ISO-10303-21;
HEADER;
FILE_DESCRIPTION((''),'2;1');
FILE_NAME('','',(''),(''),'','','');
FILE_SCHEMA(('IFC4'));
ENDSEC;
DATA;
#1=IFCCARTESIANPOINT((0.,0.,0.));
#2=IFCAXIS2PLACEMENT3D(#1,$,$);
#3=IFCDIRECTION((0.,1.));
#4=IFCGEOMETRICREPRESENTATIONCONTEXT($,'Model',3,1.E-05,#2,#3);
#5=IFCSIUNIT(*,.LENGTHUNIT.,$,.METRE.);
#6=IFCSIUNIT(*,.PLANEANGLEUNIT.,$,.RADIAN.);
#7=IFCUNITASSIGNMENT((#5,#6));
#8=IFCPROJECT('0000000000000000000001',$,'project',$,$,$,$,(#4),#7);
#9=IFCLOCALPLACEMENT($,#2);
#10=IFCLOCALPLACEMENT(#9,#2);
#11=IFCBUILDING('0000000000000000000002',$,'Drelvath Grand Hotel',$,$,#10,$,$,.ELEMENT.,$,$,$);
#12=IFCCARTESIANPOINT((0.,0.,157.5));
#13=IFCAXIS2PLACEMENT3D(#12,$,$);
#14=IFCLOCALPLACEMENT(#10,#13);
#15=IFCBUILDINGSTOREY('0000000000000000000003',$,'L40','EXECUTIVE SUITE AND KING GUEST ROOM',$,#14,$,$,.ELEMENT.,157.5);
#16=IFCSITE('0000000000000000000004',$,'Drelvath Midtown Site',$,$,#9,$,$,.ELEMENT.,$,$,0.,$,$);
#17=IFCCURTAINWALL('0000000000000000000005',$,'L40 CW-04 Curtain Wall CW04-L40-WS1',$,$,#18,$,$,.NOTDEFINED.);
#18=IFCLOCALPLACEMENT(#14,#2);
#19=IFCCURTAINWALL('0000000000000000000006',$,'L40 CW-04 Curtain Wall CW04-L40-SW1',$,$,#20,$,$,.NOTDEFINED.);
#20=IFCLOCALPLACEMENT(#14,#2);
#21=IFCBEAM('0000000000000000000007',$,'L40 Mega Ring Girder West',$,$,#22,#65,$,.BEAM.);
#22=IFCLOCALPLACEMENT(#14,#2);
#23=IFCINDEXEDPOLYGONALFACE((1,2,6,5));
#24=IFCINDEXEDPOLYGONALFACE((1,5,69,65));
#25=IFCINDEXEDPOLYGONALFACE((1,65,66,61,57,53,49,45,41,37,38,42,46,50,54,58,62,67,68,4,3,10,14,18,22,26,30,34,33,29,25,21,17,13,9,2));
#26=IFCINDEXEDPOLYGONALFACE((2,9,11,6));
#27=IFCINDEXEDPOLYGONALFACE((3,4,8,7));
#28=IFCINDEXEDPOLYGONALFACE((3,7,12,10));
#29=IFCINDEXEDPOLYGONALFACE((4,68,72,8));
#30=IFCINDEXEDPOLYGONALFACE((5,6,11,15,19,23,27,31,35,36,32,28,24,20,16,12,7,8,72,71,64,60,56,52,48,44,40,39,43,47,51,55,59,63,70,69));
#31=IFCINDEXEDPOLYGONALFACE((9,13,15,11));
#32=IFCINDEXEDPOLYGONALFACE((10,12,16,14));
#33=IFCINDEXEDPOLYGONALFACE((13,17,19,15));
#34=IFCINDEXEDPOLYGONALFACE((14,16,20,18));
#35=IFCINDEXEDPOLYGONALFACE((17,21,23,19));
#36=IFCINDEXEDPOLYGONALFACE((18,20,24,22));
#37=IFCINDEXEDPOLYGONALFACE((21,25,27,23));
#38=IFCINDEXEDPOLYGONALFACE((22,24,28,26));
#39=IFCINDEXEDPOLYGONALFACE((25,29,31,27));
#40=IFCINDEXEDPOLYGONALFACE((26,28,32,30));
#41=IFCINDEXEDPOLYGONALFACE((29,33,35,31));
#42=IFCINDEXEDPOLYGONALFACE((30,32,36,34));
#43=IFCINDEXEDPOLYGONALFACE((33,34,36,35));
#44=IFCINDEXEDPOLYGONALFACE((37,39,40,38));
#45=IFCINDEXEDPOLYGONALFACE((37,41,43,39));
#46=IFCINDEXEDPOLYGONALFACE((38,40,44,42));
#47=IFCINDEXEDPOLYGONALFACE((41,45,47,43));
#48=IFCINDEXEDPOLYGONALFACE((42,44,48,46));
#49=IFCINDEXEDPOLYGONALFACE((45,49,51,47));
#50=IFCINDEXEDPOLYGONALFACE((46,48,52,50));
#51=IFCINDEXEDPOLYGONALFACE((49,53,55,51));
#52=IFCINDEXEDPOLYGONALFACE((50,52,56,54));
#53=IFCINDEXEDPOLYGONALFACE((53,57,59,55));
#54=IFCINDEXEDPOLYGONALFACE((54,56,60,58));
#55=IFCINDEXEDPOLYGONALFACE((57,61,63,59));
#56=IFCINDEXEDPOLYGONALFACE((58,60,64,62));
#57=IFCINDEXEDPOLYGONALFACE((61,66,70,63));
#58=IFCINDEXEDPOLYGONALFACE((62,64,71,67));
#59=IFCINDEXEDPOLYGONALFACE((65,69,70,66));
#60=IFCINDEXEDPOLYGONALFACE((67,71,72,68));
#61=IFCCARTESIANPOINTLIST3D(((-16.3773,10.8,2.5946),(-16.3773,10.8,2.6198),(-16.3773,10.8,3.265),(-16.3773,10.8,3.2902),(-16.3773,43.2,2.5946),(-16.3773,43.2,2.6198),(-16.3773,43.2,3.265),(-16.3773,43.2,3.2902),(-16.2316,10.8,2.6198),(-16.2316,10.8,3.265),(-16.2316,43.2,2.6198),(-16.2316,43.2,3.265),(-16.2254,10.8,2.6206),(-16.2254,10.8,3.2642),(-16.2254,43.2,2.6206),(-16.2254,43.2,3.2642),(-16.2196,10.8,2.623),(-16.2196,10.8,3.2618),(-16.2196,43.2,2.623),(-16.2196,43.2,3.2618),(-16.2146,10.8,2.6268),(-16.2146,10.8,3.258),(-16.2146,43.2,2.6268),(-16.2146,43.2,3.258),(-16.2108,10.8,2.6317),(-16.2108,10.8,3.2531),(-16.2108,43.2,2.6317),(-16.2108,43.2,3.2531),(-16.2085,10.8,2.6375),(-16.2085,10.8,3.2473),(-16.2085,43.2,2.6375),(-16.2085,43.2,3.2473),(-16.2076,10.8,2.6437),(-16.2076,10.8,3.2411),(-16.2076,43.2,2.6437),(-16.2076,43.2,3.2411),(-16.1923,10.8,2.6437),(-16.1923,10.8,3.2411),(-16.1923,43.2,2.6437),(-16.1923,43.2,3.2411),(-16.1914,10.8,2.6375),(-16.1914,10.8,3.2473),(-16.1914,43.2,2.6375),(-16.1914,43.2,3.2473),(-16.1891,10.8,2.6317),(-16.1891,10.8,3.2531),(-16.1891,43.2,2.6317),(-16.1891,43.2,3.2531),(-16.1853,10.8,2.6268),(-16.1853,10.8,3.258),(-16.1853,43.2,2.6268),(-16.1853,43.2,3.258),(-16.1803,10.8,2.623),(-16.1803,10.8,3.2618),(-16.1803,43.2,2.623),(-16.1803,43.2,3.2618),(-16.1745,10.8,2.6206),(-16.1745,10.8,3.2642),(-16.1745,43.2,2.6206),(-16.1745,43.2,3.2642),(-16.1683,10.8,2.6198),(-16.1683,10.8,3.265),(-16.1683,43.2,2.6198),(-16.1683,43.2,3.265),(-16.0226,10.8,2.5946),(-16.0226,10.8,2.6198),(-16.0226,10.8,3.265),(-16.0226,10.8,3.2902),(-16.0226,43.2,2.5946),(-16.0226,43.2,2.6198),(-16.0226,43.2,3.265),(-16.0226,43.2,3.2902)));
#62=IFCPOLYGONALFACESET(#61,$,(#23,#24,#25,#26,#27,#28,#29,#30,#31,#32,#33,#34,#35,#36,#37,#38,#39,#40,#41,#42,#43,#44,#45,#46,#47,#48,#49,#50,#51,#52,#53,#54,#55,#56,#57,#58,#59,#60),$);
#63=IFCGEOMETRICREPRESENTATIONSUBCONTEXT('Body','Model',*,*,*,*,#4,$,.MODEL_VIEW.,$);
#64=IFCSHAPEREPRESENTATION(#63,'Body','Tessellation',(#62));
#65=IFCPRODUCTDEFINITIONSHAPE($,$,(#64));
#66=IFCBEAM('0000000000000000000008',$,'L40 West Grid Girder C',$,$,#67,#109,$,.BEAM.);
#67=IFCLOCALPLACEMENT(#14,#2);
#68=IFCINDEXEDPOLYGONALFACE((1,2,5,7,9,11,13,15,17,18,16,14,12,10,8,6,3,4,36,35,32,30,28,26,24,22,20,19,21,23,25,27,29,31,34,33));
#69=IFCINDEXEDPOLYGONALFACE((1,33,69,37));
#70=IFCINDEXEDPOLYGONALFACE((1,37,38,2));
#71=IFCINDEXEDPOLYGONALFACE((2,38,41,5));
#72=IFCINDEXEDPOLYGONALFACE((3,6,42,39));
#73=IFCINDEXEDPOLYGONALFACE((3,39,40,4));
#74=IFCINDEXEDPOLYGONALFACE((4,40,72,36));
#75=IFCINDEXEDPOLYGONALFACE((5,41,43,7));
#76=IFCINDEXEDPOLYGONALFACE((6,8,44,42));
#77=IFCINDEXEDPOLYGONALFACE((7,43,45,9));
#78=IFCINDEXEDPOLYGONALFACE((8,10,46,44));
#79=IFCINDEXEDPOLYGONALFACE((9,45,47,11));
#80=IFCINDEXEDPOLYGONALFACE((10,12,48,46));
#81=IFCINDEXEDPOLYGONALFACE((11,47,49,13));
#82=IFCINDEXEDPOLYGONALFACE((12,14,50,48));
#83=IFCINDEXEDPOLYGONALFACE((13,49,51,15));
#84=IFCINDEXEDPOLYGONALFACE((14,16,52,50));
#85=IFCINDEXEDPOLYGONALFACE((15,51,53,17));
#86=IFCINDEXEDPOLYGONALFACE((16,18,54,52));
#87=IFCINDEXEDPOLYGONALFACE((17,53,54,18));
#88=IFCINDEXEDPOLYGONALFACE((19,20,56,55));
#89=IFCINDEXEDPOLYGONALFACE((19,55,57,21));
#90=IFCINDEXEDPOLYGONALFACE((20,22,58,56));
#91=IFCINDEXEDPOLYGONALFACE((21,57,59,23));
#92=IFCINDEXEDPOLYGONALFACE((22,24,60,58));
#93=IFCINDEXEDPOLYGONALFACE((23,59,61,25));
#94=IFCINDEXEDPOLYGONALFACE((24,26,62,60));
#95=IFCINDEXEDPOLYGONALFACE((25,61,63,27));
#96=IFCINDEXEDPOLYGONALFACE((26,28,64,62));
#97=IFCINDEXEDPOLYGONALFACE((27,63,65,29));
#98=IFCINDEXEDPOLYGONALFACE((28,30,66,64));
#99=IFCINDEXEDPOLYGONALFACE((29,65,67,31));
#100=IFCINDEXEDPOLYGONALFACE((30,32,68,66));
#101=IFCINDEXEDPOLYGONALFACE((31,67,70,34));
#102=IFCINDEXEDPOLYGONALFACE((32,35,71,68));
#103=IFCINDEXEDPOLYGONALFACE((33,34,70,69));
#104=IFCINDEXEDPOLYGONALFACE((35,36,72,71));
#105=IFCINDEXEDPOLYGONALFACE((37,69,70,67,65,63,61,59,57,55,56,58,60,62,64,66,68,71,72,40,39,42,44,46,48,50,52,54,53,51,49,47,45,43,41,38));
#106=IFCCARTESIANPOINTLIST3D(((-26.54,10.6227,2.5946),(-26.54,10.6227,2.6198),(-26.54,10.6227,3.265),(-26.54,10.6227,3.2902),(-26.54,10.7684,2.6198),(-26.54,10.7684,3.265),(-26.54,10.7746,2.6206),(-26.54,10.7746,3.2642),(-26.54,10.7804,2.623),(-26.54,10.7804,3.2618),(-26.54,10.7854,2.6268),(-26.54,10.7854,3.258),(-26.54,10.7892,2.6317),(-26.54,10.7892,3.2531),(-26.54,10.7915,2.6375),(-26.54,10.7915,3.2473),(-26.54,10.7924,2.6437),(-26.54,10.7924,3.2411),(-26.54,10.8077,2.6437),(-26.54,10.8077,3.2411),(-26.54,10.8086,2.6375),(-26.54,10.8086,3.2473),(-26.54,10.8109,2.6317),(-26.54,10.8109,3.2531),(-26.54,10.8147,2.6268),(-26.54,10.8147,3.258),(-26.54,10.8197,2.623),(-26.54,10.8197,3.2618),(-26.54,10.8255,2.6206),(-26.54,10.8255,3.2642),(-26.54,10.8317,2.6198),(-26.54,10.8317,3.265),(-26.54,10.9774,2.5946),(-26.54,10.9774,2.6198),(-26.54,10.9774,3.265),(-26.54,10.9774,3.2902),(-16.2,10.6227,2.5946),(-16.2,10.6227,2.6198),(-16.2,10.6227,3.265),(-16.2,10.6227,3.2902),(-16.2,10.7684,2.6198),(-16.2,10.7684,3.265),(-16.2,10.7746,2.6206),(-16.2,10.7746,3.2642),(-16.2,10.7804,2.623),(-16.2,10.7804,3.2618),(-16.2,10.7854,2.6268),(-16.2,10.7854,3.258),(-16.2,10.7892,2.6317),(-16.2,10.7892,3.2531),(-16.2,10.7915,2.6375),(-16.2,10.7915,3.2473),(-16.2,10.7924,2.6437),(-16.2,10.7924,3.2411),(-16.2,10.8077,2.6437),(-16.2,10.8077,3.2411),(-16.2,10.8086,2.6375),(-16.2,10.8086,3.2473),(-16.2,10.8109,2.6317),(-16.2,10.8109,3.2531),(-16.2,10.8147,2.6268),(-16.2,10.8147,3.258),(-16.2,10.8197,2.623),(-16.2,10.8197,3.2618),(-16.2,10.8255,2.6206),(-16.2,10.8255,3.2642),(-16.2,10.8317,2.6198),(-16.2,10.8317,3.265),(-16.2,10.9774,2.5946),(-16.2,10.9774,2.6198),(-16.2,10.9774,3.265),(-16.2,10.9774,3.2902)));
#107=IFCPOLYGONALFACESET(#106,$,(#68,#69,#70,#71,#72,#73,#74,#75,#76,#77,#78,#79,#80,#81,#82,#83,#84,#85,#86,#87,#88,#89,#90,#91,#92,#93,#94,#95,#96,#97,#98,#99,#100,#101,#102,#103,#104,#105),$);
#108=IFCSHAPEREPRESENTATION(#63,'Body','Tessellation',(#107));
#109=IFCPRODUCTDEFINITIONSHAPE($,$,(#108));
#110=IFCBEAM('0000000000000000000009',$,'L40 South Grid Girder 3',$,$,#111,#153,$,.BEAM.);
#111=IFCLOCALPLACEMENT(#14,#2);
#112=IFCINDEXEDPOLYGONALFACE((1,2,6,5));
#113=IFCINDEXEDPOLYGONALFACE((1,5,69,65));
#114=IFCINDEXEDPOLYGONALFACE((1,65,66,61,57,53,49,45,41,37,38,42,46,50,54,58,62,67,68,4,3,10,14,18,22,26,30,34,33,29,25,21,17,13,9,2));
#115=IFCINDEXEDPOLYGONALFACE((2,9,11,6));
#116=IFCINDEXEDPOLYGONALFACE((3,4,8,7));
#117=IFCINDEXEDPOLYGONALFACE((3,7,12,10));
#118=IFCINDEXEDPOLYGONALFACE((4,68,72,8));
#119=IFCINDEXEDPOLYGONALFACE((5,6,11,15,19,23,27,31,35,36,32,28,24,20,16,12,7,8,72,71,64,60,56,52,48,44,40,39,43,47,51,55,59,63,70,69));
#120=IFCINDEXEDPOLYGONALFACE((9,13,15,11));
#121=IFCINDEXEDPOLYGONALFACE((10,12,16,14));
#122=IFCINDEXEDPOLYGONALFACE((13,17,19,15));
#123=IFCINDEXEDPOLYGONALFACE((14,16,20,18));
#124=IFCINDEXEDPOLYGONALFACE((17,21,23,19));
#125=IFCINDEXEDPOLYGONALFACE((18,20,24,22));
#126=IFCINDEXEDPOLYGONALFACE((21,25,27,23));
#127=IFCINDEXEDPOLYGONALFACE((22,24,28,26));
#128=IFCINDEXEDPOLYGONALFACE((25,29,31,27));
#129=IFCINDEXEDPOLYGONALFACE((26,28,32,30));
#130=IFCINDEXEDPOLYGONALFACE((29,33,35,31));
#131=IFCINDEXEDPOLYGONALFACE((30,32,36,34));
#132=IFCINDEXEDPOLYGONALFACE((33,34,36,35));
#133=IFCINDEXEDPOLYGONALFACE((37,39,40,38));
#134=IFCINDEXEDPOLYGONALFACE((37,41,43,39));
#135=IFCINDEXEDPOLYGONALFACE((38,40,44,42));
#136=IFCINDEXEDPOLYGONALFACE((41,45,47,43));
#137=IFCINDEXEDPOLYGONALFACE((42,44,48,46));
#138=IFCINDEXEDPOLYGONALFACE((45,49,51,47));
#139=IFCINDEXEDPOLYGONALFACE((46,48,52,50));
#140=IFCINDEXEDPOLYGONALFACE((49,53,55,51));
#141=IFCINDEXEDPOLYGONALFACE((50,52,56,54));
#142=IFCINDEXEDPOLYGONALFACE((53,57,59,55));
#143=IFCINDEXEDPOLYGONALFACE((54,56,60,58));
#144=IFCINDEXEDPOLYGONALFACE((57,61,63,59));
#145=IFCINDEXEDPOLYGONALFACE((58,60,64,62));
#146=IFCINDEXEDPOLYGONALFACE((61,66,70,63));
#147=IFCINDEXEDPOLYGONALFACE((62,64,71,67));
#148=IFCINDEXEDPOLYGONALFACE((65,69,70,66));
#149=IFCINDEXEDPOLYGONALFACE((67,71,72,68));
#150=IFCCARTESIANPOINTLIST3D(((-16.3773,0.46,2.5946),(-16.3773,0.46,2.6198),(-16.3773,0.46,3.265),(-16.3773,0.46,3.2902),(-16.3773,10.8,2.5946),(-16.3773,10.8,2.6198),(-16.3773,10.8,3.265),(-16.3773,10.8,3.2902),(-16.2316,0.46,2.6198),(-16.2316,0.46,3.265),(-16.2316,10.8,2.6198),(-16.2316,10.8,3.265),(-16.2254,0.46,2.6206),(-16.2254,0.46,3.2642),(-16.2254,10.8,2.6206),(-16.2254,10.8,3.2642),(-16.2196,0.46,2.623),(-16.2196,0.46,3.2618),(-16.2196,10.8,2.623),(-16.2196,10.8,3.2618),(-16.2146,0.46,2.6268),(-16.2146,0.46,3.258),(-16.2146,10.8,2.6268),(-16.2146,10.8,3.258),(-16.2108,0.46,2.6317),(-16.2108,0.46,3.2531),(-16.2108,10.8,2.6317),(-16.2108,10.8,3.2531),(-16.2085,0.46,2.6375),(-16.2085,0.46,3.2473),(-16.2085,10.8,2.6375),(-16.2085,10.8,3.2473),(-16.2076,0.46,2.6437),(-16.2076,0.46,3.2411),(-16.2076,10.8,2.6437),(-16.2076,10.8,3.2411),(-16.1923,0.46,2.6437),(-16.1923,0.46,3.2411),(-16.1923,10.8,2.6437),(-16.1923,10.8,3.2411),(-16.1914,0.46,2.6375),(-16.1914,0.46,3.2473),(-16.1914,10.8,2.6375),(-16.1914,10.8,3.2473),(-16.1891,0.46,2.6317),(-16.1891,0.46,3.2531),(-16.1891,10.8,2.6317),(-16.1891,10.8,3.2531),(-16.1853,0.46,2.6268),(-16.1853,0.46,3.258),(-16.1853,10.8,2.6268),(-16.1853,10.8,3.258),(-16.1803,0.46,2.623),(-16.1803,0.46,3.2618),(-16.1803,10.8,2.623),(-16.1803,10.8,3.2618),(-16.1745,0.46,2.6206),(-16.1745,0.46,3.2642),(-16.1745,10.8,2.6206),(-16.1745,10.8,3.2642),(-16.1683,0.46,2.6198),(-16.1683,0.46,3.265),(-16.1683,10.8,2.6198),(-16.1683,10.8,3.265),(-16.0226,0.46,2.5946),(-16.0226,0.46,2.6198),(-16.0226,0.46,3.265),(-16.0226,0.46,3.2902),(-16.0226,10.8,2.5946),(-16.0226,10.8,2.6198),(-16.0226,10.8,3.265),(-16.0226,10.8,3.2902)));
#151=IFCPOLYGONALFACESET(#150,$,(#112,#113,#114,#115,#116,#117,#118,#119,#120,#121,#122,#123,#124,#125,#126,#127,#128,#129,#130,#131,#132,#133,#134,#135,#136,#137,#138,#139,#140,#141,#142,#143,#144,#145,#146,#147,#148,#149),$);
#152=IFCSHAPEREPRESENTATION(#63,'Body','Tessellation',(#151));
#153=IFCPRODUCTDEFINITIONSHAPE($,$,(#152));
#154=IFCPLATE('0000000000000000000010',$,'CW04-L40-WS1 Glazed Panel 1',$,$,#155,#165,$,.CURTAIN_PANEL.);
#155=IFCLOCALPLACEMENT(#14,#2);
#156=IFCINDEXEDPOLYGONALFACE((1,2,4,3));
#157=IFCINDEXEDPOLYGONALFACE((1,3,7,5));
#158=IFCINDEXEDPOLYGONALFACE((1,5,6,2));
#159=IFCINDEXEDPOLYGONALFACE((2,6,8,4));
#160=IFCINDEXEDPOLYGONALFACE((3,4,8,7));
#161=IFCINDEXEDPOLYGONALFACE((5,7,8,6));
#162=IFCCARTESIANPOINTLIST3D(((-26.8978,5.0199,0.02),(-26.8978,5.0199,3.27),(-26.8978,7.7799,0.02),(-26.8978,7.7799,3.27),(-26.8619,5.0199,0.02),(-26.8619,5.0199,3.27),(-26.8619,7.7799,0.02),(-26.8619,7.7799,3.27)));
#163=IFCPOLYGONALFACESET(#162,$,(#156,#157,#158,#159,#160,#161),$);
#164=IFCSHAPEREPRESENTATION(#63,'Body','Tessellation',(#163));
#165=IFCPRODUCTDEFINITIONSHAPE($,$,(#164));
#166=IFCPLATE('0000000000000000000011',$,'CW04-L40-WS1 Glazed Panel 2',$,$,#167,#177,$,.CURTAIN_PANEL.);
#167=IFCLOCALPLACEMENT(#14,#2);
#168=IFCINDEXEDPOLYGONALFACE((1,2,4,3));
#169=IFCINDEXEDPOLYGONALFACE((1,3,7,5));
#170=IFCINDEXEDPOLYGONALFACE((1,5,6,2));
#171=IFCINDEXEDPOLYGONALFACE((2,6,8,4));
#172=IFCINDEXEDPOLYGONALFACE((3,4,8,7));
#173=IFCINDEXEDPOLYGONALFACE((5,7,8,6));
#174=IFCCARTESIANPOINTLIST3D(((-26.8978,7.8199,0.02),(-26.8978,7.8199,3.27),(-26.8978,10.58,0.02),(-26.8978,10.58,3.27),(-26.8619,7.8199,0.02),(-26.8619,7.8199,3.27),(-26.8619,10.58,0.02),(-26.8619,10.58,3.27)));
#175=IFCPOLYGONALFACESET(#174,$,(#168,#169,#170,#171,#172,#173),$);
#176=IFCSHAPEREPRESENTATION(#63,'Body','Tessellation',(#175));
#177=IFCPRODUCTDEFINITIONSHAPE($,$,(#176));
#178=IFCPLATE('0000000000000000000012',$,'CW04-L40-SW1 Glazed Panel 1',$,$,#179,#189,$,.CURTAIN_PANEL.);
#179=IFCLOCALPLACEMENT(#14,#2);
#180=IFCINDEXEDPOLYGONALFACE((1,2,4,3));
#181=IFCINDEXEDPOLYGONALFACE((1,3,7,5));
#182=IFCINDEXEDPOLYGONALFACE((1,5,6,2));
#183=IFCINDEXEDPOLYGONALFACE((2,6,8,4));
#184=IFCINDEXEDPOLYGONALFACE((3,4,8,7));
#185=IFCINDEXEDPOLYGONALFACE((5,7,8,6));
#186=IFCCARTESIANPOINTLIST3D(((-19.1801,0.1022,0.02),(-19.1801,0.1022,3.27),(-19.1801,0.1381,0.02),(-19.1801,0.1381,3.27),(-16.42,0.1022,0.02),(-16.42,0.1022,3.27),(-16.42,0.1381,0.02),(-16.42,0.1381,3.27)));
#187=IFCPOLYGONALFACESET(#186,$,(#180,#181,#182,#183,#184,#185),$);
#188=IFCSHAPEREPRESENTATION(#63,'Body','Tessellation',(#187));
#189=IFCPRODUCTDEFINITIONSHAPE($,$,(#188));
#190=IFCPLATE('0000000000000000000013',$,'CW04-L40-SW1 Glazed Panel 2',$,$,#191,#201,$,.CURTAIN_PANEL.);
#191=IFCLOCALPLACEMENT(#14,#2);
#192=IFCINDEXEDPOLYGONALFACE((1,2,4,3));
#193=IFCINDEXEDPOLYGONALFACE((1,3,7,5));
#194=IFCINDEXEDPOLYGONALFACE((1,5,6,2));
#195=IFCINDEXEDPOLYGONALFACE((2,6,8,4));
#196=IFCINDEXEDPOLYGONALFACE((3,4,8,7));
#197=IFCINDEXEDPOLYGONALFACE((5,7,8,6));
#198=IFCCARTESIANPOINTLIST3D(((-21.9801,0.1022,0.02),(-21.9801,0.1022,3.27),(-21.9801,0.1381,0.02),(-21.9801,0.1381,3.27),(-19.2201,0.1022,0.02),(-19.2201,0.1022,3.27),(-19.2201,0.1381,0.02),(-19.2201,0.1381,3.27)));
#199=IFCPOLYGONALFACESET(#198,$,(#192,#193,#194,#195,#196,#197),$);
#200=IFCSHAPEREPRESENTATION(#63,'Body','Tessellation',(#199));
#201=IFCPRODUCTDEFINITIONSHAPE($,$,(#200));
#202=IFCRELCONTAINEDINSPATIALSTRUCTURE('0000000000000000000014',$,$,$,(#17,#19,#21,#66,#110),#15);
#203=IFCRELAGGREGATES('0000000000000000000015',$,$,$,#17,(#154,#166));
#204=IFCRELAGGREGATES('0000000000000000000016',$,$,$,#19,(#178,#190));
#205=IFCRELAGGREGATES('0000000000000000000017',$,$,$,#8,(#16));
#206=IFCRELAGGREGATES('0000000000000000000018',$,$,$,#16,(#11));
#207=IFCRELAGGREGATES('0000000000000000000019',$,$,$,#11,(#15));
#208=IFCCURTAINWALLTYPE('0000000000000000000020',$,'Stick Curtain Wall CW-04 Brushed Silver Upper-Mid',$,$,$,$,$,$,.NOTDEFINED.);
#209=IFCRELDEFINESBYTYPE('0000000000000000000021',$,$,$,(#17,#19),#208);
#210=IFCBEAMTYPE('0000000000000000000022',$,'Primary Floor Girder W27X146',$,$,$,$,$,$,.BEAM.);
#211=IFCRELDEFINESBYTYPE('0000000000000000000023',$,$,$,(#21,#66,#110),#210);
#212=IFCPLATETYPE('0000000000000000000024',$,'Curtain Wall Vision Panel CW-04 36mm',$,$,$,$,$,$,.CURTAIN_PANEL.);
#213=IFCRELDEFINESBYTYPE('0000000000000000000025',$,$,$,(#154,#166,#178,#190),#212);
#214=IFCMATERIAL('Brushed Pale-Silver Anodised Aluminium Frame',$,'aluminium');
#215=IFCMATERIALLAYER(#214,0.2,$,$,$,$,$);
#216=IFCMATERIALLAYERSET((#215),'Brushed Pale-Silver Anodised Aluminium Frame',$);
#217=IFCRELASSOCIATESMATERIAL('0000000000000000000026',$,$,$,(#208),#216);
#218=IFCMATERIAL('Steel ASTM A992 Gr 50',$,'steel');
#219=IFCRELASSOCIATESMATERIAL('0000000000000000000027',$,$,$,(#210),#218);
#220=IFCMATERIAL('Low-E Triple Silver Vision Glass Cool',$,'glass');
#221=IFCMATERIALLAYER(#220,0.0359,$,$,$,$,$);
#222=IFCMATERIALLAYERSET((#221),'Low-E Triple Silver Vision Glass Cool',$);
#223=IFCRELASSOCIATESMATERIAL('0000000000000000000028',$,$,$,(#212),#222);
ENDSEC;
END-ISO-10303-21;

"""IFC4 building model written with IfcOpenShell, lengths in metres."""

from ifc_helpers import new_model, si_unit, direction, frame, origin, origin_2d, place, context, subcontext, project, spatial, rectangle, i_section, extrude, material, layer, layer_set, material_profile, profile_set, type_object, element, aggregate, save


model = new_model("IFC4")

# Units and contexts
model_context = context("Model", 3, precision=1e-05, world=origin(), true_north=direction((0.0, 1.0)))
body_context = subcontext(model_context, "Body", "Model", "MODEL_VIEW")
ifc_project = project(units=[si_unit("LENGTHUNIT", "METRE"), si_unit("PLANEANGLEUNIT", "RADIAN")], contexts=[model_context])

# Site, building, storey
site_placement = place(None, origin())
site = spatial("IfcSite", under=ifc_project, at=site_placement, Name="Drelvath Midtown Site", CompositionType="ELEMENT", RefElevation=0.0)
building_placement = place(site_placement, origin())
building = spatial("IfcBuilding", under=site, at=building_placement, Name="Drelvath Grand Hotel", CompositionType="ELEMENT")
storey_placement = place(building_placement, frame((0.0, 0.0, 157.5)))
storey = spatial("IfcBuildingStorey", under=building, at=storey_placement, Name="L40", Description="EXECUTIVE SUITE AND KING GUEST ROOM", CompositionType="ELEMENT", Elevation=157.5)

# Curtain walls
ifc_material_1 = material(Name="Brushed Pale-Silver Anodised Aluminium Frame", Category="aluminium")
ifc_layer_1 = layer(ifc_material_1, 0.2)
ifc_layer_set_1 = layer_set([ifc_layer_1], Name="Brushed Pale-Silver Anodised Aluminium Frame")
curtain_wall_type = type_object("IfcCurtainWallType", Name="Stick Curtain Wall CW-04 Brushed Silver Upper-Mid", PredefinedType="NOTDEFINED", material=ifc_layer_set_1)
curtain_wall_1_placement = place(storey_placement, origin())
curtain_wall_1 = element("IfcCurtainWall", 1, at=curtain_wall_1_placement, inside=storey, type_object=curtain_wall_type, Name="L40 CW-04 Curtain Wall CW04-L40-WS1", PredefinedType="NOTDEFINED")
curtain_wall_2_placement = place(storey_placement, origin())
curtain_wall_2 = element("IfcCurtainWall", 2, at=curtain_wall_2_placement, inside=storey, type_object=curtain_wall_type, Name="L40 CW-04 Curtain Wall CW04-L40-SW1", PredefinedType="NOTDEFINED")

# Beams
ifc_material_2 = material(Name="Steel ASTM A992 Gr 50", Category="steel")
ifc_material_profile_1 = material_profile(ifc_material_2, i_section(OverallWidth=0.3547, OverallDepth=0.6956, WebThickness=0.0154, FlangeThickness=0.0251, FilletRadius=0.0239, at=origin_2d()), Name="W27X146")
ifc_profile_set_1 = profile_set([ifc_material_profile_1], Name="Steel ASTM A992 Gr 50")
beam_type_1 = type_object("IfcBeamType", Name="Primary Floor Girder W27X146", PredefinedType="BEAM", material=ifc_profile_set_1)
for number, where, z_axis, x_axis, name in (
    (3, (-16.2, 10.8, 2.9424), (0.0, 1.0, 0.0), (-1.0, 0.0, 0.0), "L40 Mega Ring Girder West"),
):
    element("IfcBeam", number, at=place(storey_placement, frame(where, z_axis=z_axis, x_axis=x_axis)), inside=storey, type_object=beam_type_1, Name=name, PredefinedType="BEAM", context=body_context, shape_type="SweptSolid", body=[
        extrude(i_section(OverallWidth=0.3547, OverallDepth=0.6956, WebThickness=0.0154, FlangeThickness=0.0251, FilletRadius=0.0239, at=origin_2d()), origin(), (0.0, 0.0, 1.0), 32.3999),
    ])
for number, where, z_axis, x_axis, name in (
    (4, (-26.54, 10.8, 2.9424), (1.0, 0.0, 0.0), (0.0, 1.0, 0.0), "L40 West Grid Girder C"),
    (5, (-16.2, 0.46, 2.9424), (0.0, 1.0, 0.0), (-1.0, 0.0, 0.0), "L40 South Grid Girder 3"),
):
    element("IfcBeam", number, at=place(storey_placement, frame(where, z_axis=z_axis, x_axis=x_axis)), inside=storey, type_object=beam_type_1, Name=name, PredefinedType="BEAM", context=body_context, shape_type="SweptSolid", body=[
        extrude(i_section(OverallWidth=0.3547, OverallDepth=0.6956, WebThickness=0.0154, FlangeThickness=0.0251, FilletRadius=0.0239, at=origin_2d()), origin(), (0.0, 0.0, 1.0), 10.3401),
    ])

# Plates
ifc_material_3 = material(Name="Low-E Triple Silver Vision Glass Cool", Category="glass")
ifc_layer_2 = layer(ifc_material_3, 0.0359)
ifc_layer_set_2 = layer_set([ifc_layer_2], Name="Low-E Triple Silver Vision Glass Cool")
plate_type = type_object("IfcPlateType", Name="Curtain Wall Vision Panel CW-04 36mm", PredefinedType="CURTAIN_PANEL", material=ifc_layer_set_2)
plate_1_placement = place(storey_placement, frame((-26.8799, 6.3999, 0.02), z_axis=(0.0, 0.0, 1.0), x_axis=(0.0, 1.0, 0.0)))
plate_1 = element("IfcPlate", 6, at=plate_1_placement, type_object=plate_type, Name="CW04-L40-WS1 Glazed Panel 1", PredefinedType="CURTAIN_PANEL", context=body_context, shape_type="SweptSolid", body=[
    extrude(rectangle(XDim=2.76, YDim=0.0359, at=origin_2d()), origin(), (0.0, 0.0, 1.0), 3.25),
])
plate_2_placement = place(storey_placement, frame((-26.8799, 9.2, 0.02), z_axis=(0.0, 0.0, 1.0), x_axis=(0.0, 1.0, 0.0)))
plate_2 = element("IfcPlate", 7, at=plate_2_placement, type_object=plate_type, Name="CW04-L40-WS1 Glazed Panel 2", PredefinedType="CURTAIN_PANEL", context=body_context, shape_type="SweptSolid", body=[
    extrude(rectangle(XDim=2.76, YDim=0.0359, at=origin_2d()), origin(), (0.0, 0.0, 1.0), 3.25),
])
aggregate(curtain_wall_1, [plate_1, plate_2])
plate_3_placement = place(storey_placement, frame((-17.8, 0.1201, 0.02), z_axis=(0.0, 0.0, 1.0), x_axis=(-1.0, 0.0, 0.0)))
plate_3 = element("IfcPlate", 8, at=plate_3_placement, type_object=plate_type, Name="CW04-L40-SW1 Glazed Panel 1", PredefinedType="CURTAIN_PANEL", context=body_context, shape_type="SweptSolid", body=[
    extrude(rectangle(XDim=2.76, YDim=0.0359, at=origin_2d()), origin(), (0.0, 0.0, 1.0), 3.25),
])
plate_4_placement = place(storey_placement, frame((-20.6001, 0.1201, 0.02), z_axis=(0.0, 0.0, 1.0), x_axis=(-1.0, 0.0, 0.0)))
plate_4 = element("IfcPlate", 9, at=plate_4_placement, type_object=plate_type, Name="CW04-L40-SW1 Glazed Panel 2", PredefinedType="CURTAIN_PANEL", context=body_context, shape_type="SweptSolid", body=[
    extrude(rectangle(XDim=2.76, YDim=0.0359, at=origin_2d()), origin(), (0.0, 0.0, 1.0), 3.25),
])
aggregate(curtain_wall_2, [plate_3, plate_4])

save(model, "model.ifc")
